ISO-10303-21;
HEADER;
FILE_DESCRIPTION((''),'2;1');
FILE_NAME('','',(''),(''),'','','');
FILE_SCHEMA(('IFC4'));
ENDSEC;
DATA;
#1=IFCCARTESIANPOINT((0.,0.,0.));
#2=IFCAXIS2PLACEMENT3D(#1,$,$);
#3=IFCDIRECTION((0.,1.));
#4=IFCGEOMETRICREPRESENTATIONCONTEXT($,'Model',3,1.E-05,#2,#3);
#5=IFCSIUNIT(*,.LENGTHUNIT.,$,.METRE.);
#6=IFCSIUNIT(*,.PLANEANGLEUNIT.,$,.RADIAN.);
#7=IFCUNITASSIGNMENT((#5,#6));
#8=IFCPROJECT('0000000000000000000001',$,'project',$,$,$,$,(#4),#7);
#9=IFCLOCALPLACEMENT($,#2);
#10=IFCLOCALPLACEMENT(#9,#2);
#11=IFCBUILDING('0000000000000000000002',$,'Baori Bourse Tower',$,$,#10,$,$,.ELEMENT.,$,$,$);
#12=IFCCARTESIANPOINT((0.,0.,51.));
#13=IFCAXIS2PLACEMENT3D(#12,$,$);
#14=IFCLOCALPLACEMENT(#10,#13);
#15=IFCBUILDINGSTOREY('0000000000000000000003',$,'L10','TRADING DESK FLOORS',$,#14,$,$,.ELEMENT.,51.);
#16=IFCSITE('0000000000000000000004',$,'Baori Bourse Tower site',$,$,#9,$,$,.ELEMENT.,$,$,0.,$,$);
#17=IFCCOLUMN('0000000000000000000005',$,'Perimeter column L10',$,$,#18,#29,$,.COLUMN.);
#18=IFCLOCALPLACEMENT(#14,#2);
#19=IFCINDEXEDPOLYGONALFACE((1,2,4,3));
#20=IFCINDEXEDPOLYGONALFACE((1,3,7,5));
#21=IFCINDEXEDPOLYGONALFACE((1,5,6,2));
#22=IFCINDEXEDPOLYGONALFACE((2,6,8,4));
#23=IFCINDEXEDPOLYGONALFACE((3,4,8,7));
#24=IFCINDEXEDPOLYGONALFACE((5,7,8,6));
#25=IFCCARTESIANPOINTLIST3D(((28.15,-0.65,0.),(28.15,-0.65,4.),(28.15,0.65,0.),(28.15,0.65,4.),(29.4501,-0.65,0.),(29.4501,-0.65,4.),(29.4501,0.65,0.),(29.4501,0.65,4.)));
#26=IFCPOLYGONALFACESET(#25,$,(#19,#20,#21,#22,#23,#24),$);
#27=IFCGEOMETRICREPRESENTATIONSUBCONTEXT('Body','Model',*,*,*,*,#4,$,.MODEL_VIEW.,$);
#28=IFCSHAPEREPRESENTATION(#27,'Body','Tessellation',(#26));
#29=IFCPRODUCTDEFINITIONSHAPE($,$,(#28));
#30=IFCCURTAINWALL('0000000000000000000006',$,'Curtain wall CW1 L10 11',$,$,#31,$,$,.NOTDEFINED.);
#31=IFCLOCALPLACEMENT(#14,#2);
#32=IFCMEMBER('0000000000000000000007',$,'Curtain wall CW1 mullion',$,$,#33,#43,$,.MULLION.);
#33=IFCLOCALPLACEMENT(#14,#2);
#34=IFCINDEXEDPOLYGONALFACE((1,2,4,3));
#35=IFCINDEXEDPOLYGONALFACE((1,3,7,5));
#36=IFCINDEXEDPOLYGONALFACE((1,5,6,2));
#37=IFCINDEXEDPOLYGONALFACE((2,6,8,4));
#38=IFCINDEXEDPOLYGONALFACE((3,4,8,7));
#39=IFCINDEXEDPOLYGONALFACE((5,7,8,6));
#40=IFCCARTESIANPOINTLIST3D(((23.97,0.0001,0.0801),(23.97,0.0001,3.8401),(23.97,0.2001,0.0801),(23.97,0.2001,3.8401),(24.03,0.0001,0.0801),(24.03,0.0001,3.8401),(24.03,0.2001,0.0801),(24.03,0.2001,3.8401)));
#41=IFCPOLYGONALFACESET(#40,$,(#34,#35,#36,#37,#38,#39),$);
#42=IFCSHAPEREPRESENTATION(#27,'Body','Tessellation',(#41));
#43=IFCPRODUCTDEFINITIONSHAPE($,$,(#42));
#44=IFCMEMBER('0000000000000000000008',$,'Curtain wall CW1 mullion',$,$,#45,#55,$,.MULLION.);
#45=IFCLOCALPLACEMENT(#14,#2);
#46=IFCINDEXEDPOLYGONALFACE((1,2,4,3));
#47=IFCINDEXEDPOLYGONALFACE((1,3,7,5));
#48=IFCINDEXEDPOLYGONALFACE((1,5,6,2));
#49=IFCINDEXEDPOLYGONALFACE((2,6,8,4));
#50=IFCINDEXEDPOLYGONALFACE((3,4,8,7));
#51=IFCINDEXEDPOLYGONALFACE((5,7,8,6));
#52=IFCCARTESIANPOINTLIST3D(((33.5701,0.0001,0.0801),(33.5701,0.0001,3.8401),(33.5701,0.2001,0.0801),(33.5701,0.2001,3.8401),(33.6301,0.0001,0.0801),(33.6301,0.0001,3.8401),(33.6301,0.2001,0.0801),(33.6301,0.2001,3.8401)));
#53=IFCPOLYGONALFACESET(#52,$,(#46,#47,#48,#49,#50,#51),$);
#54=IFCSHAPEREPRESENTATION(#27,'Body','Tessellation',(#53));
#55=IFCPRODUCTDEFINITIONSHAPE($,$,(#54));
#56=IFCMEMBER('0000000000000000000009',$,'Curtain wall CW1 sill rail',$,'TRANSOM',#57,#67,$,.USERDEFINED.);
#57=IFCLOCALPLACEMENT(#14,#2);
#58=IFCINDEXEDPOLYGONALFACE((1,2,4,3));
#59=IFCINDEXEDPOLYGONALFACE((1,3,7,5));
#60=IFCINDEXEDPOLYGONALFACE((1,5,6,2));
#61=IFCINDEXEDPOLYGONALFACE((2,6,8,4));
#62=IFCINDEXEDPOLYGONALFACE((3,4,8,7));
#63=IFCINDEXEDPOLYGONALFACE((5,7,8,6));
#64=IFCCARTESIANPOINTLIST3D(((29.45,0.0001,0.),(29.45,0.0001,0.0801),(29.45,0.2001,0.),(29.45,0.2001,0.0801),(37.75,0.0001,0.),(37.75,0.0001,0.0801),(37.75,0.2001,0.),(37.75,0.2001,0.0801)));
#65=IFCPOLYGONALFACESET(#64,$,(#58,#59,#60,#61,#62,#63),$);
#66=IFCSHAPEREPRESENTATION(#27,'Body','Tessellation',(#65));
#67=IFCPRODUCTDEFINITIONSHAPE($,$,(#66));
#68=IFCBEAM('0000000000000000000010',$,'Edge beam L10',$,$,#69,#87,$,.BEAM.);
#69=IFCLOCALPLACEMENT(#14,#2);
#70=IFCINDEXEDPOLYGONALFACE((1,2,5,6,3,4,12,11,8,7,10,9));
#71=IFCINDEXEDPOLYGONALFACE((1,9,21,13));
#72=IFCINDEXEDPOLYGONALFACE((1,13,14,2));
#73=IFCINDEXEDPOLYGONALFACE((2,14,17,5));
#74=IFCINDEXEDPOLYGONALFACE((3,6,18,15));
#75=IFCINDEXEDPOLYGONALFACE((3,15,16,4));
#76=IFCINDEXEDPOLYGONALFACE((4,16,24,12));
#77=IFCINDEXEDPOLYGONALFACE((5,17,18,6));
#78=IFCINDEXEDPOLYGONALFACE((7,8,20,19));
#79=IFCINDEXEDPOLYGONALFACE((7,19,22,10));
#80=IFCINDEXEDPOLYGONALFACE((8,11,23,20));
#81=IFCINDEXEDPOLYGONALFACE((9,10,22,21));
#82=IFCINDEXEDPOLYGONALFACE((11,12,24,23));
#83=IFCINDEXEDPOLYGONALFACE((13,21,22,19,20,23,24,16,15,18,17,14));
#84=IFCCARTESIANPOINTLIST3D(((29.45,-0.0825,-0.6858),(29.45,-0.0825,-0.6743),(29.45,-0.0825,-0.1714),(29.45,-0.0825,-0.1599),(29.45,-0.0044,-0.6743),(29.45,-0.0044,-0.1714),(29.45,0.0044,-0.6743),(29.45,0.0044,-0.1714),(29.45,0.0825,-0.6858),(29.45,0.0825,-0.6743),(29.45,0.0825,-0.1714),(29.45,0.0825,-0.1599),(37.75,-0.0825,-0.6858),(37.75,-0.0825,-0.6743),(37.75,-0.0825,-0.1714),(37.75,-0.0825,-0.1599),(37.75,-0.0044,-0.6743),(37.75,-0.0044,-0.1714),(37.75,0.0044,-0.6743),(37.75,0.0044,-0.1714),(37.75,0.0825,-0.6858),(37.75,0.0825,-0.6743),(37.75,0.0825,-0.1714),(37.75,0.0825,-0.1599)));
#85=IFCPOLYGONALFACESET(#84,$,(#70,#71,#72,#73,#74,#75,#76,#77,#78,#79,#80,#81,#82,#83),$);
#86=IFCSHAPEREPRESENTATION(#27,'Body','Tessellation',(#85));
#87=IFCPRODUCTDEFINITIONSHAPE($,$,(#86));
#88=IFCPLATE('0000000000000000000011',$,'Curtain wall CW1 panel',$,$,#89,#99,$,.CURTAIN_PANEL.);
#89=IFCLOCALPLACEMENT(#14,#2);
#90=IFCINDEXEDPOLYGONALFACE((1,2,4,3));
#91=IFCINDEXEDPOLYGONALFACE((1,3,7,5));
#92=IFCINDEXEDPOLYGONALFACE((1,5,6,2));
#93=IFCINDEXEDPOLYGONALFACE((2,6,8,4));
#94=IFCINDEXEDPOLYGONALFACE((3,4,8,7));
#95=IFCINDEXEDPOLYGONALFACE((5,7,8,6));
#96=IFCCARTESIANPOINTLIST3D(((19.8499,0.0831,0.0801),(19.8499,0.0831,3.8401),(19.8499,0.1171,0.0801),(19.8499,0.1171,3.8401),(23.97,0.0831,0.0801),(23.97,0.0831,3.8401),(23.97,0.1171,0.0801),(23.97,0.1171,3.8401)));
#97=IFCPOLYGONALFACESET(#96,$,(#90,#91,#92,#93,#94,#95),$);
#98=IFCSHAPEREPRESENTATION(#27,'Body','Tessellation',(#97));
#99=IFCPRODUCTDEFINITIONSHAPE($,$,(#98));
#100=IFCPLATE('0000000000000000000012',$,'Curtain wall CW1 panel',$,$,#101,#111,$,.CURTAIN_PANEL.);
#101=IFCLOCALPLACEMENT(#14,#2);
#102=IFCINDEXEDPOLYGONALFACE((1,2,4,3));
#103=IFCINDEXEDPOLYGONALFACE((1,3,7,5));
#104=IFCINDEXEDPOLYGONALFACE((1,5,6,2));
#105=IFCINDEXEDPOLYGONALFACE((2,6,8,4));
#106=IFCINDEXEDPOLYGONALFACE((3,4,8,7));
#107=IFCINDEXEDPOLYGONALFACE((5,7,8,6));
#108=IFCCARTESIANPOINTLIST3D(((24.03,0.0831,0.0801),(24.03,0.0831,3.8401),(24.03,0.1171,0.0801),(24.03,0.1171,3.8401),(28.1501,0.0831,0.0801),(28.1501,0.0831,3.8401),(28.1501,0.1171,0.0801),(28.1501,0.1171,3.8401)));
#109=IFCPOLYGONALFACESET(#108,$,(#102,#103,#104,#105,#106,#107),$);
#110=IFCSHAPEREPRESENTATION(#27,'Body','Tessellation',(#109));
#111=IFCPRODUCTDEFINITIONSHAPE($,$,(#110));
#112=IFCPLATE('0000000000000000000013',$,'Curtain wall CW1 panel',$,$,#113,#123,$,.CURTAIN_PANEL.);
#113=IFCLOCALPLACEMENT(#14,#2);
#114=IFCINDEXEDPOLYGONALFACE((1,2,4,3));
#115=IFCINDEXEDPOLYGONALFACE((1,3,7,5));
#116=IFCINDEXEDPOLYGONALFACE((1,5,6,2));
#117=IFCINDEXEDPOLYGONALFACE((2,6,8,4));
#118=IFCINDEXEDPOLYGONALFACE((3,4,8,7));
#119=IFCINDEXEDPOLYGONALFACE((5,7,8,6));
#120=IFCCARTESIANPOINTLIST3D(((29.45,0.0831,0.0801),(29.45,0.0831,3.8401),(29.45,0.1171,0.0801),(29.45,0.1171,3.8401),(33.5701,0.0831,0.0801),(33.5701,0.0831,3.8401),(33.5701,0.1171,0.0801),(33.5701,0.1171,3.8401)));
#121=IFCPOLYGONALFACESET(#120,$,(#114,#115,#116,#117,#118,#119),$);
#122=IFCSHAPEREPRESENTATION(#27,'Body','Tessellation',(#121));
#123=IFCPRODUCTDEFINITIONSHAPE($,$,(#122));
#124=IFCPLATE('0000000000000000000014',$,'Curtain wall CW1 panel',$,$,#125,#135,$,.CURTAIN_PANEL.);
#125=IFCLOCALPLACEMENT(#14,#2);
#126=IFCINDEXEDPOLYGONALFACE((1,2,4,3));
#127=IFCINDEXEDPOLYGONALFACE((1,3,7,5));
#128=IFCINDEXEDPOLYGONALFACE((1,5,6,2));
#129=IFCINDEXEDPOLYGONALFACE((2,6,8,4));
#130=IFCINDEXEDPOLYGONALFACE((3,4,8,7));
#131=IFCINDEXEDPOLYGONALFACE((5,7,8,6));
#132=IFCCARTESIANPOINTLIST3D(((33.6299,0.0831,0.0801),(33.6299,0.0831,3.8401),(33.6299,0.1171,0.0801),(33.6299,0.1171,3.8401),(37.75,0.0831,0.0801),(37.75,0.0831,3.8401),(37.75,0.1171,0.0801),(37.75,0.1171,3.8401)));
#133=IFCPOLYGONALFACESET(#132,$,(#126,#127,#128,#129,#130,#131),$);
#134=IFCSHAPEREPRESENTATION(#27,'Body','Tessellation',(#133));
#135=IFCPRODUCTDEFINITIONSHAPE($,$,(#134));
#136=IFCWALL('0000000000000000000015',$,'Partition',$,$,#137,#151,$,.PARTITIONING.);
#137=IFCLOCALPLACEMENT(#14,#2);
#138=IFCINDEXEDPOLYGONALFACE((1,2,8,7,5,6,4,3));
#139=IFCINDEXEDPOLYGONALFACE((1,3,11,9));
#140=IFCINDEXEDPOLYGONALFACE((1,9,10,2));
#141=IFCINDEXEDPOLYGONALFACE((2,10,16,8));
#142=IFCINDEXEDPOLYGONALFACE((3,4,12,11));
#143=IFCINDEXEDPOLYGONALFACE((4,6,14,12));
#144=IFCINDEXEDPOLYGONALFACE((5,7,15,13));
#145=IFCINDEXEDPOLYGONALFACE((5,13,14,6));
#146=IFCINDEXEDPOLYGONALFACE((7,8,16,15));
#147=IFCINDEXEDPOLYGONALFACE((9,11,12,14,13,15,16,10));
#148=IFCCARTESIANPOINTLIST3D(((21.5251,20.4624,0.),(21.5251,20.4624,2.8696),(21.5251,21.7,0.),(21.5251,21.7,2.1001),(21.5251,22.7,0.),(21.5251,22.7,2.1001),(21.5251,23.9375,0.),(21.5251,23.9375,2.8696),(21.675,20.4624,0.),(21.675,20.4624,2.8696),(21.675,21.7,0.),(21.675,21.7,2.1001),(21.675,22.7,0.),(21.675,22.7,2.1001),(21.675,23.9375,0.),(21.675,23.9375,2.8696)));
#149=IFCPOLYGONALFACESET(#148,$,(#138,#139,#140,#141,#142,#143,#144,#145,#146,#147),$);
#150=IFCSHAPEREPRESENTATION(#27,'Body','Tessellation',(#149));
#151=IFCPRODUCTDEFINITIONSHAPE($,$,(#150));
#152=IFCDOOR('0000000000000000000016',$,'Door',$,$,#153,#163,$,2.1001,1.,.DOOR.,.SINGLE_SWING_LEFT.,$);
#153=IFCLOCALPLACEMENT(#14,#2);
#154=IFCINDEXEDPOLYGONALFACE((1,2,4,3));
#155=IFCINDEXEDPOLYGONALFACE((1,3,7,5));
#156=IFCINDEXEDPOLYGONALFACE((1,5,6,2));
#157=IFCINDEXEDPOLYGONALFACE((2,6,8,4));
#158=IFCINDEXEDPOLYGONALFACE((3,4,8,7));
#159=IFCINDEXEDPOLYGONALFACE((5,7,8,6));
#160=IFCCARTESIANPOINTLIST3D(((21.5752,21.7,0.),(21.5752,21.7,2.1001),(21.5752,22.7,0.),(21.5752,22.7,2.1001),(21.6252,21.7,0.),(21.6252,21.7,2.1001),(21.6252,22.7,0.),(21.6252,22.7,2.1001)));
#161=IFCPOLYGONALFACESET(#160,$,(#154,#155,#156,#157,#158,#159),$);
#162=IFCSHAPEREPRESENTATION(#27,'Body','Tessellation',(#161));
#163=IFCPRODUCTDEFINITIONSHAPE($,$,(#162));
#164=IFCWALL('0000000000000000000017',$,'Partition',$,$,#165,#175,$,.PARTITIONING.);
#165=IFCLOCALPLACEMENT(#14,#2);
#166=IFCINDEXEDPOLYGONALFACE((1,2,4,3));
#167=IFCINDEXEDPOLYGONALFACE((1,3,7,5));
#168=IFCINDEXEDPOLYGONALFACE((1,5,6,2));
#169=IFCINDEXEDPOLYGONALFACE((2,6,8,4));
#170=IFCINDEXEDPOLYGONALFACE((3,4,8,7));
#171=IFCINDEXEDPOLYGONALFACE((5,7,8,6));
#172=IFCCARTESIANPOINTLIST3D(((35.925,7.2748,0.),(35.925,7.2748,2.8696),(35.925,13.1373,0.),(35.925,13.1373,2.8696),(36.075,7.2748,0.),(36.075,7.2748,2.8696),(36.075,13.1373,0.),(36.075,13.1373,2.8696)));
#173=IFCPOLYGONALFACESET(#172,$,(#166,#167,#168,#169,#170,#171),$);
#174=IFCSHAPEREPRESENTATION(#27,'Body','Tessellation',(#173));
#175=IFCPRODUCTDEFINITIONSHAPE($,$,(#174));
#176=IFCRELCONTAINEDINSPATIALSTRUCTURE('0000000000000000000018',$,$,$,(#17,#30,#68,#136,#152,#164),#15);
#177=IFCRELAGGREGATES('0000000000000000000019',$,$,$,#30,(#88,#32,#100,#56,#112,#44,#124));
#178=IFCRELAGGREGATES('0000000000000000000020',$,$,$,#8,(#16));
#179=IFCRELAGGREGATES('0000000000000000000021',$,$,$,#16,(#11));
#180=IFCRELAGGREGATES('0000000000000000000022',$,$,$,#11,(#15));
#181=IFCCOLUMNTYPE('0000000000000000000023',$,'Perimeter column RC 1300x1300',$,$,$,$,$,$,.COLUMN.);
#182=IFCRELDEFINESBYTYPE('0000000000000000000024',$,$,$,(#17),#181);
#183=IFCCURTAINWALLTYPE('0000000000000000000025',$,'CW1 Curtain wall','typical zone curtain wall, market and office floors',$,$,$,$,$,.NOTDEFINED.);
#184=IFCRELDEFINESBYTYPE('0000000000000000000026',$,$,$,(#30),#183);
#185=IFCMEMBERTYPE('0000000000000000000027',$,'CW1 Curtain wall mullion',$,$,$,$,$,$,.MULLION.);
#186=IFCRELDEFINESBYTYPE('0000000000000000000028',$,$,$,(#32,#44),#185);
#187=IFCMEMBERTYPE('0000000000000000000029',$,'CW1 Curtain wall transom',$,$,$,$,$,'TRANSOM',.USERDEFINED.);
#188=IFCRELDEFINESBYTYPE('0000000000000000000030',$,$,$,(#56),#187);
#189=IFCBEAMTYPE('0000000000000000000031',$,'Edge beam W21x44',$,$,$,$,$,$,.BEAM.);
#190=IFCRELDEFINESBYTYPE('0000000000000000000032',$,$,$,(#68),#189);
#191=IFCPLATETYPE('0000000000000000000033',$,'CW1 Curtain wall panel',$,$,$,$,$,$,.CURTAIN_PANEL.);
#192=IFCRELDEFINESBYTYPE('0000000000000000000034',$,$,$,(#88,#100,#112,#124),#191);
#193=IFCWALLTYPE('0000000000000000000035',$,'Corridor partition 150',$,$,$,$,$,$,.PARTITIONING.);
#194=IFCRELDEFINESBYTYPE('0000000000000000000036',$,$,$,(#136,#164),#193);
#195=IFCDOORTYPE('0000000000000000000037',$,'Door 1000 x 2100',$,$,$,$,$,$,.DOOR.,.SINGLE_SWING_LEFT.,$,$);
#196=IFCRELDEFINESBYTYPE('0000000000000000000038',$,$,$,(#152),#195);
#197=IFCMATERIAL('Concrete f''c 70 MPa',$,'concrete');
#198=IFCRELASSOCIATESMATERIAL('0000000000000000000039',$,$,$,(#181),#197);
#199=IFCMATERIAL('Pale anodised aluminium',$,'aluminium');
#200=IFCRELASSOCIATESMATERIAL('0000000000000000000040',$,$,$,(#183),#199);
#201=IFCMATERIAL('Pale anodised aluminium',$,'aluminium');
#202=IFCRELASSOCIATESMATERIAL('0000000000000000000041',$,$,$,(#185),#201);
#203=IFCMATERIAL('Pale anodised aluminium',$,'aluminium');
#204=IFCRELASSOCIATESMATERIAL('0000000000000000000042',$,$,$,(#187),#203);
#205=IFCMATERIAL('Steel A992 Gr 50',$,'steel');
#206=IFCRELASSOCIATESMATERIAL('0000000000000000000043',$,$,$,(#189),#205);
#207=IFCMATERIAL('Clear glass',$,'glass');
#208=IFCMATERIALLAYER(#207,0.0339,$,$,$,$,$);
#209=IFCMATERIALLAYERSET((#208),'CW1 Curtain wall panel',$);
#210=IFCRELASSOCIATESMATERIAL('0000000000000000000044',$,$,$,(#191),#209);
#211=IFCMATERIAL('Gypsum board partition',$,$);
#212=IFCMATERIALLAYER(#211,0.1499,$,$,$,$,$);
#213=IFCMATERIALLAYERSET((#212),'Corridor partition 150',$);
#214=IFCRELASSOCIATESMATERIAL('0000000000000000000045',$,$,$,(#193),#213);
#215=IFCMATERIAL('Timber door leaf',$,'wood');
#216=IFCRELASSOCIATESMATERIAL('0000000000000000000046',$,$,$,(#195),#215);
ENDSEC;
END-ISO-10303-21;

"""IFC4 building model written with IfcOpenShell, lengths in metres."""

from ifc_helpers import new_model, si_unit, direction, frame, frame_2d, origin, origin_2d, place, context, subcontext, project, spatial, rectangle, i_section, extrude, material, layer, layer_set, material_profile, profile_set, type_object, element, fill, aggregate, save


model = new_model("IFC4")

# Units and contexts
model_context = context("Model", 3, precision=1e-05, world=origin(), true_north=direction((0.0, 1.0)))
body_context = subcontext(model_context, "Body", "Model", "MODEL_VIEW")
ifc_project = project(units=[si_unit("LENGTHUNIT", "METRE"), si_unit("PLANEANGLEUNIT", "RADIAN")], contexts=[model_context])

# Site, building, storey
site_placement = place(None, origin())
site = spatial("IfcSite", under=ifc_project, at=site_placement, Name="Baori Bourse Tower site", CompositionType="ELEMENT", RefElevation=0.0)
building_placement = place(site_placement, origin())
building = spatial("IfcBuilding", under=site, at=building_placement, Name="Baori Bourse Tower", CompositionType="ELEMENT")
storey_placement = place(building_placement, frame((0.0, 0.0, 51.0)))
storey = spatial("IfcBuildingStorey", under=building, at=storey_placement, Name="L10", Description="TRADING DESK FLOORS", CompositionType="ELEMENT", Elevation=51.0)

# Column
ifc_material_1 = material(Name="Concrete f'c 70 MPa", Category="concrete")
ifc_material_profile_1 = material_profile(ifc_material_1, rectangle(XDim=1.3, YDim=1.3, at=origin_2d()), Name="RC 1300x1300")
ifc_profile_set_1 = profile_set([ifc_material_profile_1], Name="Concrete f'c 70 MPa")
column_type = type_object("IfcColumnType", Name="Perimeter column RC 1300x1300", PredefinedType="COLUMN", material=ifc_profile_set_1)
column_placement = place(storey_placement, frame((28.8, 0.0, 0.0), z_axis=(0.0, 0.0, 1.0), x_axis=(1.0, 0.0, 0.0)))
element("IfcColumn", 1, at=column_placement, inside=storey, type_object=column_type, Name="Perimeter column L10", PredefinedType="COLUMN", context=body_context, shape_type="SweptSolid", body=[
    extrude(rectangle(XDim=1.3, YDim=1.3, at=origin_2d()), origin(), (0.0, 0.0, 1.0), 4.0),
])

# Curtain wall, members
ifc_material_2 = material(Name="Pale anodised aluminium", Category="aluminium")
curtain_wall_type = type_object("IfcCurtainWallType", Name="CW1 Curtain wall", Description="typical zone curtain wall, market and office floors", PredefinedType="NOTDEFINED", material=ifc_material_2)
curtain_wall_placement = place(storey_placement, origin())
curtain_wall = element("IfcCurtainWall", 2, at=curtain_wall_placement, inside=storey, type_object=curtain_wall_type, Name="Curtain wall CW1 L10 11", PredefinedType="NOTDEFINED")
ifc_material_3 = material(Name="Pale anodised aluminium", Category="aluminium")
ifc_material_profile_2 = material_profile(ifc_material_3, rectangle(XDim=0.2, YDim=0.0601, at=origin_2d()), Name="Mullion 60x200")
ifc_profile_set_2 = profile_set([ifc_material_profile_2], Name="Pale anodised aluminium")
member_type_1 = type_object("IfcMemberType", Name="CW1 Curtain wall mullion", PredefinedType="MULLION", material=ifc_profile_set_2)
member_1_placement = place(storey_placement, frame((24.0, 0.1001, 0.0801), z_axis=(0.0, 0.0, 1.0), x_axis=(0.0, 1.0, 0.0)))
member_1 = element("IfcMember", 3, at=member_1_placement, type_object=member_type_1, Name="Curtain wall CW1 mullion", PredefinedType="MULLION", context=body_context, shape_type="SweptSolid", body=[
    extrude(rectangle(XDim=0.2, YDim=0.0601, at=origin_2d()), origin(), (0.0, 0.0, 1.0), 3.76),
])
member_2_placement = place(storey_placement, frame((33.6001, 0.1001, 0.0801), z_axis=(0.0, 0.0, 1.0), x_axis=(0.0, 1.0, 0.0)))
member_2 = element("IfcMember", 4, at=member_2_placement, type_object=member_type_1, Name="Curtain wall CW1 mullion", PredefinedType="MULLION", context=body_context, shape_type="SweptSolid", body=[
    extrude(rectangle(XDim=0.2, YDim=0.0601, at=origin_2d()), origin(), (0.0, 0.0, 1.0), 3.76),
])
ifc_material_4 = material(Name="Pale anodised aluminium", Category="aluminium")
ifc_material_profile_3 = material_profile(ifc_material_4, rectangle(XDim=0.2, YDim=0.0801, at=origin_2d()), Name="Transom 80x200")
ifc_profile_set_3 = profile_set([ifc_material_profile_3], Name="Pale anodised aluminium")
member_type_2 = type_object("IfcMemberType", Name="CW1 Curtain wall transom", ElementType="TRANSOM", PredefinedType="USERDEFINED", material=ifc_profile_set_3)
member_3_placement = place(storey_placement, frame((29.45, 0.1001, 0.04), z_axis=(1.0, 0.0, 0.0), x_axis=(0.0, 1.0, 0.0)))
member_3 = element("IfcMember", 5, at=member_3_placement, type_object=member_type_2, Name="Curtain wall CW1 sill rail", ObjectType="TRANSOM", PredefinedType="USERDEFINED", context=body_context, shape_type="SweptSolid", body=[
    extrude(rectangle(XDim=0.2, YDim=0.0801, at=origin_2d()), origin(), (0.0, 0.0, 1.0), 8.3),
])

# Beam
ifc_material_5 = material(Name="Steel A992 Gr 50", Category="steel")
ifc_material_profile_4 = material_profile(ifc_material_5, i_section(OverallWidth=0.165, OverallDepth=0.5259, WebThickness=0.0088, FlangeThickness=0.0115, at=origin_2d()), Name="W21x44")
ifc_profile_set_4 = profile_set([ifc_material_profile_4], Name="Steel A992 Gr 50")
beam_type = type_object("IfcBeamType", Name="Edge beam W21x44", PredefinedType="BEAM", material=ifc_profile_set_4)
beam_placement = place(storey_placement, frame((29.45, 0.0, -0.4229), z_axis=(1.0, 0.0, 0.0), x_axis=(0.0, 1.0, 0.0)))
element("IfcBeam", 6, at=beam_placement, inside=storey, type_object=beam_type, Name="Edge beam L10", PredefinedType="BEAM", context=body_context, shape_type="SweptSolid", body=[
    extrude(i_section(OverallWidth=0.165, OverallDepth=0.5259, WebThickness=0.0088, FlangeThickness=0.0115, at=origin_2d()), origin(), (0.0, 0.0, 1.0), 8.3),
])

# Plates
ifc_material_6 = material(Name="Clear glass", Category="glass")
ifc_layer_1 = layer(ifc_material_6, 0.0339)
ifc_layer_set_1 = layer_set([ifc_layer_1], Name="CW1 Curtain wall panel")
plate_type = type_object("IfcPlateType", Name="CW1 Curtain wall panel", PredefinedType="CURTAIN_PANEL", material=ifc_layer_set_1)
plate_1_placement = place(storey_placement, frame((21.9099, 0.1001, 0.0801), z_axis=(0.0, 0.0, 1.0), x_axis=(1.0, 0.0, 0.0)))
plate_1 = element("IfcPlate", 7, at=plate_1_placement, type_object=plate_type, Name="Curtain wall CW1 panel", PredefinedType="CURTAIN_PANEL", context=body_context, shape_type="SweptSolid", body=[
    extrude(rectangle(XDim=4.1201, YDim=0.0339, at=origin_2d()), origin(), (0.0, 0.0, 1.0), 3.76),
])
plate_2_placement = place(storey_placement, frame((26.0901, 0.1001, 0.0801), z_axis=(0.0, 0.0, 1.0), x_axis=(1.0, 0.0, 0.0)))
plate_2 = element("IfcPlate", 8, at=plate_2_placement, type_object=plate_type, Name="Curtain wall CW1 panel", PredefinedType="CURTAIN_PANEL", context=body_context, shape_type="SweptSolid", body=[
    extrude(rectangle(XDim=4.1201, YDim=0.0339, at=origin_2d()), origin(), (0.0, 0.0, 1.0), 3.76),
])
plate_3_placement = place(storey_placement, frame((31.51, 0.1001, 0.0801), z_axis=(0.0, 0.0, 1.0), x_axis=(1.0, 0.0, 0.0)))
plate_3 = element("IfcPlate", 9, at=plate_3_placement, type_object=plate_type, Name="Curtain wall CW1 panel", PredefinedType="CURTAIN_PANEL", context=body_context, shape_type="SweptSolid", body=[
    extrude(rectangle(XDim=4.1201, YDim=0.0339, at=origin_2d()), origin(), (0.0, 0.0, 1.0), 3.76),
])
plate_4_placement = place(storey_placement, frame((35.6899, 0.1001, 0.0801), z_axis=(0.0, 0.0, 1.0), x_axis=(1.0, 0.0, 0.0)))
plate_4 = element("IfcPlate", 10, at=plate_4_placement, type_object=plate_type, Name="Curtain wall CW1 panel", PredefinedType="CURTAIN_PANEL", context=body_context, shape_type="SweptSolid", body=[
    extrude(rectangle(XDim=4.1201, YDim=0.0339, at=origin_2d()), origin(), (0.0, 0.0, 1.0), 3.76),
])
aggregate(curtain_wall, [plate_1, member_1, plate_2, member_3, plate_3, member_2, plate_4])

# Wall, opening, door
ifc_material_7 = material(Name="Gypsum board partition")
ifc_layer_2 = layer(ifc_material_7, 0.1499)
ifc_layer_set_2 = layer_set([ifc_layer_2], Name="Corridor partition 150")
wall_type_1 = type_object("IfcWallType", Name="Corridor partition 150", PredefinedType="PARTITIONING", material=ifc_layer_set_2)
wall_1_placement = place(storey_placement, frame((21.6001, 20.4624, 0.0), z_axis=(0.0, 0.0, 1.0), x_axis=(0.0, 1.0, 0.0)))
wall_1 = element("IfcWall", 11, at=wall_1_placement, inside=storey, type_object=wall_type_1, Name="Partition", PredefinedType="PARTITIONING", context=body_context, shape_type="SweptSolid", body=[
    extrude(rectangle(XDim=3.4751, YDim=0.1499, at=frame_2d((1.7375, 0.0))), origin(), (0.0, 0.0, 1.0), 2.8696),
])
opening_placement = place(wall_1_placement, frame((1.2375, 0.0, 0.0)))
opening = element("IfcOpeningElement", 12, at=opening_placement, cuts=wall_1, PredefinedType="OPENING", context=body_context, shape_type="SweptSolid", body=[
    extrude(rectangle(XDim=1.0, YDim=2.1001, at=frame_2d((0.5, 1.05))), frame((0.0, 0.085, 0.0), z_axis=(0.0, -1.0, 0.0), x_axis=(1.0, 0.0, 0.0)), (0.0, 0.0, 1.0), 0.1699),
])
ifc_material_8 = material(Name="Timber door leaf", Category="wood")
door_type = type_object("IfcDoorType", Name="Door 1000 x 2100", OperationType="SINGLE_SWING_LEFT", PredefinedType="DOOR", material=ifc_material_8)
door_placement = place(opening_placement, origin())
door = element("IfcDoor", 13, at=door_placement, inside=storey, type_object=door_type, Name="Door", OperationType="SINGLE_SWING_LEFT", OverallHeight=2.1001, OverallWidth=1.0, PredefinedType="DOOR", context=body_context, shape_type="SweptSolid", body=[
    extrude(rectangle(XDim=1.0, YDim=2.1001, at=frame_2d((0.5, 1.05))), frame((0.0, 0.0249, 0.0), z_axis=(0.0, -1.0, 0.0), x_axis=(1.0, 0.0, 0.0)), (0.0, 0.0, 1.0), 0.05),
])
fill(opening, door)

# Wall
wall_2_placement = place(storey_placement, frame((36.0, 7.2749, 0.0), z_axis=(0.0, 0.0, 1.0), x_axis=(0.0, 1.0, 0.0)))
element("IfcWall", 14, at=wall_2_placement, inside=storey, type_object=wall_type_1, Name="Partition", PredefinedType="PARTITIONING", context=body_context, shape_type="SweptSolid", body=[
    extrude(rectangle(XDim=5.8625, YDim=0.1499, at=frame_2d((2.9312, 0.0))), origin(), (0.0, 0.0, 1.0), 2.8696),
])

save(model, "model.ifc")
